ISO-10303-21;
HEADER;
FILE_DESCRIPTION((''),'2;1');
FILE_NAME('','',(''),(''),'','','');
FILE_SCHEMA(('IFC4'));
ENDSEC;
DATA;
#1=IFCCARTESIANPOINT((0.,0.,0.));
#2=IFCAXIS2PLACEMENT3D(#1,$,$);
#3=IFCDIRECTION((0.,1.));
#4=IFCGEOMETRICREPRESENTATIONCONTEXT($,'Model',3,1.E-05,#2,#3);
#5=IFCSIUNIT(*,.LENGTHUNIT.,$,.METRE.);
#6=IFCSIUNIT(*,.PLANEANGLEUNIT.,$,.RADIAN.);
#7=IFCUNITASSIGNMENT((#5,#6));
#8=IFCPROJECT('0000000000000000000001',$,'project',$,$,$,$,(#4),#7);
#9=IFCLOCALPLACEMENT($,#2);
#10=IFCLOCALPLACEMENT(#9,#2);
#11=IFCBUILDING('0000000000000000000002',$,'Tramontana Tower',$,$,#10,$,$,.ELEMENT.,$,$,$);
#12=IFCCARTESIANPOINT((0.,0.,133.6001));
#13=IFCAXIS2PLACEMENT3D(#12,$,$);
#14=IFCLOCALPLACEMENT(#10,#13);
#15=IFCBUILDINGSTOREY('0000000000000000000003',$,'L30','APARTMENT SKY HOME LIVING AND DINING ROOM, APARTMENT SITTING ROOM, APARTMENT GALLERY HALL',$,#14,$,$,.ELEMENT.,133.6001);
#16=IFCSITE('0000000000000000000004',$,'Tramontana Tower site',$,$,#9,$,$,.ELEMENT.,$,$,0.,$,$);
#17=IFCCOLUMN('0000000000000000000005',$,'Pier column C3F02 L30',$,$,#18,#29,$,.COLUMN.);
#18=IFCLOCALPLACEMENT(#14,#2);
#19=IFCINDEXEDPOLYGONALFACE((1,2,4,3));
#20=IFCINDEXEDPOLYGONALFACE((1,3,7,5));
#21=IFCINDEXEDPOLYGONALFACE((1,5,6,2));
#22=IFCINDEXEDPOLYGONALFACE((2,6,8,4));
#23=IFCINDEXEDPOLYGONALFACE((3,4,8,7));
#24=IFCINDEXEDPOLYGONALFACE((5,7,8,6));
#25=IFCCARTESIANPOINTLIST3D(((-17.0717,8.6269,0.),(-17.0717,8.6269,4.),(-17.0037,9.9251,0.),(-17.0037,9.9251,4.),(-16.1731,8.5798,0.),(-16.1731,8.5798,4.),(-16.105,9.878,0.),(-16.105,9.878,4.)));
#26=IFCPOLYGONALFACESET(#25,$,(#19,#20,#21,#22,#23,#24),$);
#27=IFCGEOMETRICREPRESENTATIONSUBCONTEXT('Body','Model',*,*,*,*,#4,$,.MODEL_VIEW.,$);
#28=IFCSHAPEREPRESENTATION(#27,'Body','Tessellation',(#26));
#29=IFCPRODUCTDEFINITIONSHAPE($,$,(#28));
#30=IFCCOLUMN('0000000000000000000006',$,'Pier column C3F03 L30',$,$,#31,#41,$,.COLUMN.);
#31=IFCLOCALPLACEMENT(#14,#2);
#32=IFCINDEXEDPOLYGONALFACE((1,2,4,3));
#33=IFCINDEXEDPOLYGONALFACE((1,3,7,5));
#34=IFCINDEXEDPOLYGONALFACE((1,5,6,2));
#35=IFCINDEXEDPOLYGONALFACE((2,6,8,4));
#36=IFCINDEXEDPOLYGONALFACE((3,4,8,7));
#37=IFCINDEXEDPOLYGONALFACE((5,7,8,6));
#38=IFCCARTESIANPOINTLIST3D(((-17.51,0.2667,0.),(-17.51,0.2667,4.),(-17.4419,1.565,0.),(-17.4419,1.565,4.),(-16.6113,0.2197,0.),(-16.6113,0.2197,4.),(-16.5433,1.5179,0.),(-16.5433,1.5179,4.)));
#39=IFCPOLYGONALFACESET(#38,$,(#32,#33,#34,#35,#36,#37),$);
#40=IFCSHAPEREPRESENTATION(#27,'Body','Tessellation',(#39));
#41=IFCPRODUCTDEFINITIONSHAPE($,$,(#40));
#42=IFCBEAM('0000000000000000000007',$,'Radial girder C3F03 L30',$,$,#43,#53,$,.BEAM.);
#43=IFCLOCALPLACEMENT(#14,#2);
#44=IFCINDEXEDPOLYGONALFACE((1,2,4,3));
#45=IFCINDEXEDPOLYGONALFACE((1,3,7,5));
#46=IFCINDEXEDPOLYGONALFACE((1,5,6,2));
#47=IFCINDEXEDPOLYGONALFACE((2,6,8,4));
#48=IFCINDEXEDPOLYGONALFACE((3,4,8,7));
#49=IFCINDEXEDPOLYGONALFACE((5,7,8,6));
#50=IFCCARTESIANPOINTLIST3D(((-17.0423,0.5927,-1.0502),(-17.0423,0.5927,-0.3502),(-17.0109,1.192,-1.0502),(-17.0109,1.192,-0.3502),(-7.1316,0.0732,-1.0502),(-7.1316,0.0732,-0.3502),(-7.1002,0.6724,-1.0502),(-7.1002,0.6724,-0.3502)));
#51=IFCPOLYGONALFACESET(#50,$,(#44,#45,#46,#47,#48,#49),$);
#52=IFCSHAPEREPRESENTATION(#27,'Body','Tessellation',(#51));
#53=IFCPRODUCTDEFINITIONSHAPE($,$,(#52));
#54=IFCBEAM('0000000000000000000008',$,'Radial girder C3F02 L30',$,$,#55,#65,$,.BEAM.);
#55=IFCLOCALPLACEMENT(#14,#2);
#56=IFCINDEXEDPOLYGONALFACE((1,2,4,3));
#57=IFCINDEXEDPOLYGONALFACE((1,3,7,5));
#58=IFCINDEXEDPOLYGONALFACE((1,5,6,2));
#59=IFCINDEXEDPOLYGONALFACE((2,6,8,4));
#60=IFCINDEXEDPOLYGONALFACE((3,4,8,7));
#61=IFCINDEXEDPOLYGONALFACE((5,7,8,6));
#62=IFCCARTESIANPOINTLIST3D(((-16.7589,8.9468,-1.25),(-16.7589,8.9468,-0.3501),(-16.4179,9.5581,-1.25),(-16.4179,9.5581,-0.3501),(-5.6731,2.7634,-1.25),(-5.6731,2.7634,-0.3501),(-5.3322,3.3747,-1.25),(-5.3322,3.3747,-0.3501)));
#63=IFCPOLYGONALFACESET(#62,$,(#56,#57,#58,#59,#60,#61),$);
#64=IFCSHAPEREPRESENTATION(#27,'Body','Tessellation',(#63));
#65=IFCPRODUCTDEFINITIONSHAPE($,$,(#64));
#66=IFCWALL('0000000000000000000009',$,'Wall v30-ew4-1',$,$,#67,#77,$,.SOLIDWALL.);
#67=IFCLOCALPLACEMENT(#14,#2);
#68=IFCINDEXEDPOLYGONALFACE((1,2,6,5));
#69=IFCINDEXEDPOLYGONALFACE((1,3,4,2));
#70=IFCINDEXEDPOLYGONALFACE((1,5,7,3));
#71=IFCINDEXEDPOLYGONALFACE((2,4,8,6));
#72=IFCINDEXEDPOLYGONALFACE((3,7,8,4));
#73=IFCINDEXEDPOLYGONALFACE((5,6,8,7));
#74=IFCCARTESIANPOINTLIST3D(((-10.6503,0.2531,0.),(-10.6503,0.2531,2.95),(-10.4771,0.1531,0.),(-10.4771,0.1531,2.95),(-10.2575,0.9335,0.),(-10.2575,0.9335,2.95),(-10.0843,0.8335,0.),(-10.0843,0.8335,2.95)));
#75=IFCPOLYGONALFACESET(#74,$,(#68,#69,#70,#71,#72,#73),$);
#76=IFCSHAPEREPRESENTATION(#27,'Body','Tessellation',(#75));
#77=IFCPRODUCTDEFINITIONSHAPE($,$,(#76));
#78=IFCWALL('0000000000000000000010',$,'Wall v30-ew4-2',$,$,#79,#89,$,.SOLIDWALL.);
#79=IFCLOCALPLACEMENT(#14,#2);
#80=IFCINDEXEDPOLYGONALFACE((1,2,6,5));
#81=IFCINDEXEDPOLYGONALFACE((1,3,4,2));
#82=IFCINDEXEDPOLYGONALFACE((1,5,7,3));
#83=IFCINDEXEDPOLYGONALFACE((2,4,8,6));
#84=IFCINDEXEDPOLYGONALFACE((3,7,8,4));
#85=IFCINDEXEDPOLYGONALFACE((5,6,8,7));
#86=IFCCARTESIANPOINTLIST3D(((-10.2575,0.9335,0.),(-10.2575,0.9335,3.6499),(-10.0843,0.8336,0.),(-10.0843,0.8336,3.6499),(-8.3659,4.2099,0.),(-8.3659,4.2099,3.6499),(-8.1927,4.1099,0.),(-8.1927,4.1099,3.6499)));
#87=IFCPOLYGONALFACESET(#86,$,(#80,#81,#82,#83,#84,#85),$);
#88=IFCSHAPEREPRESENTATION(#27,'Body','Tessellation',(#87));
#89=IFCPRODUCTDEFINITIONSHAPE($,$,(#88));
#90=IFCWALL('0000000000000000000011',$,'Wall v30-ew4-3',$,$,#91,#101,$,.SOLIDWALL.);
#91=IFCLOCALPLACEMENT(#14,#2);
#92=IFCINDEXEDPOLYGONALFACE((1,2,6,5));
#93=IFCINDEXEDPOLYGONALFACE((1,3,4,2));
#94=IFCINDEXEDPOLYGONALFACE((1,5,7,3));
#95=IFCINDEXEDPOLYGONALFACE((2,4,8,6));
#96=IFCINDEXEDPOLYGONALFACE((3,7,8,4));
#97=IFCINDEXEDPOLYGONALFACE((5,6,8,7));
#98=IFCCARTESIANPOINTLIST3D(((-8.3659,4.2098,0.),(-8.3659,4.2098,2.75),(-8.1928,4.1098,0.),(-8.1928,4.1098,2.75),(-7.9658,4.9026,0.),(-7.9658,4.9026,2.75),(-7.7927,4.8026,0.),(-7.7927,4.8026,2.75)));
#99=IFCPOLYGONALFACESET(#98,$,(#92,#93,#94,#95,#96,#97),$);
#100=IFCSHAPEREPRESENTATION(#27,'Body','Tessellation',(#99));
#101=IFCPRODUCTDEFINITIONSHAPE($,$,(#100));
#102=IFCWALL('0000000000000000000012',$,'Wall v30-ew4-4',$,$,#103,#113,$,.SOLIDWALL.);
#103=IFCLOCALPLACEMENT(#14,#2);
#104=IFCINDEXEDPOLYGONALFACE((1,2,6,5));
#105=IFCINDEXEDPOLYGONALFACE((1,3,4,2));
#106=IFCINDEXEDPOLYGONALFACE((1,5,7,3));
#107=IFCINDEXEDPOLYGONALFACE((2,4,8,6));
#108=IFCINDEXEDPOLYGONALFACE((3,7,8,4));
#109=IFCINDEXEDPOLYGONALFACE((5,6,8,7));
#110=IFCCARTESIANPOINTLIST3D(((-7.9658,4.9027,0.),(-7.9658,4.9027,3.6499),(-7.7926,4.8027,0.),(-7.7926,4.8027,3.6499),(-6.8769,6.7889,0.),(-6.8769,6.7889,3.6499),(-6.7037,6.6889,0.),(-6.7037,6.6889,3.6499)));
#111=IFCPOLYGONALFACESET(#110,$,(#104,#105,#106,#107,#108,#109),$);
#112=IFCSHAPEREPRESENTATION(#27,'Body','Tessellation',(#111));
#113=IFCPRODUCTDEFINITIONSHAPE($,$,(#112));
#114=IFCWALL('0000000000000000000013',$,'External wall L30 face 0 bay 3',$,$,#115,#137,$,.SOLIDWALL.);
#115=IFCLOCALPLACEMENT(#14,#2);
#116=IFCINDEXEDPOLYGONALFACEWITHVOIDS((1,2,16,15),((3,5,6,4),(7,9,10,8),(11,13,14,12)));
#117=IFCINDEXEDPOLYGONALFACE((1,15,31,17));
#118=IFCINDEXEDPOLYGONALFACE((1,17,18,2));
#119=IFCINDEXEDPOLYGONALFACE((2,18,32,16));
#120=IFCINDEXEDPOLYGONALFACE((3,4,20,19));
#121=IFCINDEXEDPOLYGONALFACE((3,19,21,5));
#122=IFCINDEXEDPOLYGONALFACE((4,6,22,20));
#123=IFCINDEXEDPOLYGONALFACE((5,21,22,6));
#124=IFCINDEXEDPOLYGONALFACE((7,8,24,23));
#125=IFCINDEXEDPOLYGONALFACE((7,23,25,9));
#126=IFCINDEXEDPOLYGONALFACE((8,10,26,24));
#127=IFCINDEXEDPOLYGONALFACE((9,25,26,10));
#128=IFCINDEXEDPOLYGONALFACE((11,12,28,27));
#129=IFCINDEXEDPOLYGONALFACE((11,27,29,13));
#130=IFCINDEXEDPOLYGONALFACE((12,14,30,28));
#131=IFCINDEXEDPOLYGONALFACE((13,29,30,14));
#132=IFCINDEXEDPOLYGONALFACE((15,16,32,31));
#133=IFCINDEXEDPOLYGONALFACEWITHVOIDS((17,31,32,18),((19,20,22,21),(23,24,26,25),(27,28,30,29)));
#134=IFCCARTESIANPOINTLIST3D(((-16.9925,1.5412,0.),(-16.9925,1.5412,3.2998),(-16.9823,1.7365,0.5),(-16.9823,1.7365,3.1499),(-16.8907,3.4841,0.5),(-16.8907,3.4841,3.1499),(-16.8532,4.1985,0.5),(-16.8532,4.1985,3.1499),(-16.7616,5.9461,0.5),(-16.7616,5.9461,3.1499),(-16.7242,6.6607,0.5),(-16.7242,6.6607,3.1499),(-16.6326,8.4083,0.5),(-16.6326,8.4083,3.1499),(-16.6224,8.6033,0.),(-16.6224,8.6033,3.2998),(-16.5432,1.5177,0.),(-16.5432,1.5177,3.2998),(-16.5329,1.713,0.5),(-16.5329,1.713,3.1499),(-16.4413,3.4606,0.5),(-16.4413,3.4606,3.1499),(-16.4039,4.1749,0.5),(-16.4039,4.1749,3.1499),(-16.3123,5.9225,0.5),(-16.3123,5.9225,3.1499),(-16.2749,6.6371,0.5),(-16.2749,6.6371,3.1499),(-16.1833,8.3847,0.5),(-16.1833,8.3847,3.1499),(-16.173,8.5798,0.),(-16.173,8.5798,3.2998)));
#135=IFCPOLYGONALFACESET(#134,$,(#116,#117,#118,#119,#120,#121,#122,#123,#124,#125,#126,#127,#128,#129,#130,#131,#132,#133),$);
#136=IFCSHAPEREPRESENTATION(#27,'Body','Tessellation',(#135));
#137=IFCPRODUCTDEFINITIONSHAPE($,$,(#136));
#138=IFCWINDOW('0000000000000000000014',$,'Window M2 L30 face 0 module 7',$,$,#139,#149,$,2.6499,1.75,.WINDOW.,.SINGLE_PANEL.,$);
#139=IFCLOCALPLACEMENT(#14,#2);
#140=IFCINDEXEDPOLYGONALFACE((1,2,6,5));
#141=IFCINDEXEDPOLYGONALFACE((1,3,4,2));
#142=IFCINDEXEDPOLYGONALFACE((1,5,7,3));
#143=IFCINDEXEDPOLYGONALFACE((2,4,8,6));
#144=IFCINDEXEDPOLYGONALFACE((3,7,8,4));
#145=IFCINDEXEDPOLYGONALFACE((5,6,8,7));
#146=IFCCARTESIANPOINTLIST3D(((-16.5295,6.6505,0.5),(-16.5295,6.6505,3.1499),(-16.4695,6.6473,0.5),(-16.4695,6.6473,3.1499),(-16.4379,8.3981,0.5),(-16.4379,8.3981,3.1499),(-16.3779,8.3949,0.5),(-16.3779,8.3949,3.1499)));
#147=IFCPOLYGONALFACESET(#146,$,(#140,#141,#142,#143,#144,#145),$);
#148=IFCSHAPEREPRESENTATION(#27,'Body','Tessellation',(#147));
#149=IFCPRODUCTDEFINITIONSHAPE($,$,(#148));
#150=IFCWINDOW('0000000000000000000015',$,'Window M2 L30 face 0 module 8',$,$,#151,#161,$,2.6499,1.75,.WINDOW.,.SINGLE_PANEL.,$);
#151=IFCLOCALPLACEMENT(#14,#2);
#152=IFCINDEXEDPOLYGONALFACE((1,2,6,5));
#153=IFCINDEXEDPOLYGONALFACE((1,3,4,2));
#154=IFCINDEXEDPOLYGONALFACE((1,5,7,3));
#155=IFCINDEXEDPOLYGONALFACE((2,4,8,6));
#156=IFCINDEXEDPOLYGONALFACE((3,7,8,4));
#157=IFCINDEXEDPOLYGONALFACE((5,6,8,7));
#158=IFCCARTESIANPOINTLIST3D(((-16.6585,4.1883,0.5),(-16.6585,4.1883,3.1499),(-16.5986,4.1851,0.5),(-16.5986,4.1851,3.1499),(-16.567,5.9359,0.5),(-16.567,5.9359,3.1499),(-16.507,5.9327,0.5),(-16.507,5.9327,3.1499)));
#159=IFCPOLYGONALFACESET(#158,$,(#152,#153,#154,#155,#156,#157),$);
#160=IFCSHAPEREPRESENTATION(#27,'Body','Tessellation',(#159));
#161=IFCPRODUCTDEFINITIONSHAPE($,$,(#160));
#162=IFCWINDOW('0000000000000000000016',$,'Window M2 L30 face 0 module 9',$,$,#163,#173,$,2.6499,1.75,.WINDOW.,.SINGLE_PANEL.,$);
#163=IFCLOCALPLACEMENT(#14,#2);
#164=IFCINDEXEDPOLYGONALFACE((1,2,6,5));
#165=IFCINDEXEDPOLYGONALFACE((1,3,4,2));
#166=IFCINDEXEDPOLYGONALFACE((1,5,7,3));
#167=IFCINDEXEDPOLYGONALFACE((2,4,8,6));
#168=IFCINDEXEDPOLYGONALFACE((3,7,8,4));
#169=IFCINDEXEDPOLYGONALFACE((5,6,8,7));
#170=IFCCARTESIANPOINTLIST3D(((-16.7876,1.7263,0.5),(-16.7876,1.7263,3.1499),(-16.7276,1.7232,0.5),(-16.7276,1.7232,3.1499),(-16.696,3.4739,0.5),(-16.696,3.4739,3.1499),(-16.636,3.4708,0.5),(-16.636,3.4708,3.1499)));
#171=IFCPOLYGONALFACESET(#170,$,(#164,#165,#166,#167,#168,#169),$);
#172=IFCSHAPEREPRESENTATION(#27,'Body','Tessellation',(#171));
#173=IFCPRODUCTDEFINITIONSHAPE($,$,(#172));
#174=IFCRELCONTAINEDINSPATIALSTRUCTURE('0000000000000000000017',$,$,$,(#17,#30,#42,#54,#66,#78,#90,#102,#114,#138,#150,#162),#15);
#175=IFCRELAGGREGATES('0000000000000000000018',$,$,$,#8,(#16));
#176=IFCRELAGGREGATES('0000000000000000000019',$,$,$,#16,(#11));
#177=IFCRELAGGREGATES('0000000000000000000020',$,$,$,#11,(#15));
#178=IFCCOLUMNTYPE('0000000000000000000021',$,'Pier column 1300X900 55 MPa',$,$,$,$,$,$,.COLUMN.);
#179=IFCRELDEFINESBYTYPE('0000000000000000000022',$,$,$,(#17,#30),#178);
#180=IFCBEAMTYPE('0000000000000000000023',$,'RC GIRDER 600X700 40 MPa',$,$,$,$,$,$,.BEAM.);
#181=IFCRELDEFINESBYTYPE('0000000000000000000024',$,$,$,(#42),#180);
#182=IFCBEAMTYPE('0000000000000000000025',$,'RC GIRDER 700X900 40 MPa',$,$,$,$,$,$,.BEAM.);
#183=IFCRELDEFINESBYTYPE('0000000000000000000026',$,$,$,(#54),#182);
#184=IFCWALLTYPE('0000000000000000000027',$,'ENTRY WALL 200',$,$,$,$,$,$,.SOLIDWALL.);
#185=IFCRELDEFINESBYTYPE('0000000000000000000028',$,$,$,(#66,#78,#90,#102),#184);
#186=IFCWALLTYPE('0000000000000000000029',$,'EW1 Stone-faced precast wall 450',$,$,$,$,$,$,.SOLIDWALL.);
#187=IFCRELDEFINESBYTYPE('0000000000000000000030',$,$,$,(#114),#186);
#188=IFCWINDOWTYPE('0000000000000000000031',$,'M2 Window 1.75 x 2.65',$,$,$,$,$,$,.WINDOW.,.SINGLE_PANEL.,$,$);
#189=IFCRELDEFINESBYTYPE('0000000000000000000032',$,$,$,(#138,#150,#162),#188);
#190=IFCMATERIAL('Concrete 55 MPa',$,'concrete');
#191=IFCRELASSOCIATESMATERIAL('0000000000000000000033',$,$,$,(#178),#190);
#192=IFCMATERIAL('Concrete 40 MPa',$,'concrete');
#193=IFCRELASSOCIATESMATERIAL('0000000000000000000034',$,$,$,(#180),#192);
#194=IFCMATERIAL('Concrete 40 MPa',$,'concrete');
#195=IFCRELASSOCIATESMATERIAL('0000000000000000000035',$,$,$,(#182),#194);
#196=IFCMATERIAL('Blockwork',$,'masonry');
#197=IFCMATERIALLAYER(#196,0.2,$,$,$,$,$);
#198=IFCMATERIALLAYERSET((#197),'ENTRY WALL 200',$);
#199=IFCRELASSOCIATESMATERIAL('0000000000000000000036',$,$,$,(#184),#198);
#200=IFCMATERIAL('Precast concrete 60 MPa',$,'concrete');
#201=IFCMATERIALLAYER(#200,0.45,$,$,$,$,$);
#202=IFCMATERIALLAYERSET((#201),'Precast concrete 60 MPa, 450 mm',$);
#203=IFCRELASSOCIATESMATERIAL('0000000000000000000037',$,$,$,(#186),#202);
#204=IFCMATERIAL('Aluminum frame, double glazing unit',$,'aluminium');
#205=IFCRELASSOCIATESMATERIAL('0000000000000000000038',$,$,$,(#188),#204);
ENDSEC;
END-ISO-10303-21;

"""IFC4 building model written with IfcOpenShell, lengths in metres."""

from ifc_helpers import new_model, si_unit, direction, frame, frame_2d, origin, origin_2d, place, context, subcontext, project, spatial, rectangle, extrude, material, layer, layer_set, material_profile, profile_set, type_object, element, fill, save


model = new_model("IFC4")

# Units and contexts
model_context = context("Model", 3, precision=1e-05, world=origin(), true_north=direction((0.0, 1.0)))
body_context = subcontext(model_context, "Body", "Model", "MODEL_VIEW")
ifc_project = project(units=[si_unit("LENGTHUNIT", "METRE"), si_unit("PLANEANGLEUNIT", "RADIAN")], contexts=[model_context])

# Site, building, storey
site_placement = place(None, origin())
site = spatial("IfcSite", under=ifc_project, at=site_placement, Name="Tramontana Tower site", CompositionType="ELEMENT", RefElevation=0.0)
building_placement = place(site_placement, origin())
building = spatial("IfcBuilding", under=site, at=building_placement, Name="Tramontana Tower", CompositionType="ELEMENT")
storey_placement = place(building_placement, frame((0.0, 0.0, 133.6001)))
storey = spatial("IfcBuildingStorey", under=building, at=storey_placement, Name="L30", Description="APARTMENT SKY HOME LIVING AND DINING ROOM, APARTMENT SITTING ROOM, APARTMENT GALLERY HALL", CompositionType="ELEMENT", Elevation=133.6001)

# Columns
ifc_material_1 = material(Name="Concrete 55 MPa", Category="concrete")
ifc_material_profile_1 = material_profile(ifc_material_1, rectangle(XDim=1.3, YDim=0.8999, at=origin_2d()), Name="Pier column 1300X900 55 MPa")
ifc_profile_set_1 = profile_set([ifc_material_profile_1], Name="Concrete 55 MPa")
column_type = type_object("IfcColumnType", Name="Pier column 1300X900 55 MPa", PredefinedType="COLUMN", material=ifc_profile_set_1)
for number, where, z_axis, x_axis, name in (
    (1, (-16.5884, 9.2524, 0.0), (0.0, 0.0, 1.0), (-0.052336, -0.99863, 0.0), "Pier column C3F02 L30"),
    (2, (-17.0266, 0.8923, 0.0), (0.0, 0.0, 1.0), (-0.052336, -0.99863, 0.0), "Pier column C3F03 L30"),
):
    element("IfcColumn", number, at=place(storey_placement, frame(where, z_axis=z_axis, x_axis=x_axis)), inside=storey, type_object=column_type, Name=name, PredefinedType="COLUMN", context=body_context, shape_type="SweptSolid", body=[
        extrude(rectangle(XDim=1.3, YDim=0.8999, at=origin_2d()), origin(), (0.0, 0.0, 1.0), 4.0),
    ])

# Beams
ifc_material_2 = material(Name="Concrete 40 MPa", Category="concrete")
ifc_material_profile_2 = material_profile(ifc_material_2, rectangle(XDim=0.6001, YDim=0.7, at=origin_2d()), Name="RC GIRDER 600X700 40 MPa")
ifc_profile_set_2 = profile_set([ifc_material_profile_2], Name="Concrete 40 MPa")
beam_type_1 = type_object("IfcBeamType", Name="RC GIRDER 600X700 40 MPa", PredefinedType="BEAM", material=ifc_profile_set_2)
beam_1_placement = place(storey_placement, frame((-17.0266, 0.8923, -0.7002), z_axis=(0.998629, -0.05235, 0.0), x_axis=(0.05235, 0.998629, 0.0)))
element("IfcBeam", 3, at=beam_1_placement, inside=storey, type_object=beam_type_1, Name="Radial girder C3F03 L30", PredefinedType="BEAM", context=body_context, shape_type="SweptSolid", body=[
    extrude(rectangle(XDim=0.6001, YDim=0.7, at=origin_2d()), origin(), (0.0, 0.0, 1.0), 9.9243),
])
ifc_material_3 = material(Name="Concrete 40 MPa", Category="concrete")
ifc_material_profile_3 = material_profile(ifc_material_3, rectangle(XDim=0.7, YDim=0.8999, at=origin_2d()), Name="RC GIRDER 700X900 40 MPa")
ifc_profile_set_3 = profile_set([ifc_material_profile_3], Name="Concrete 40 MPa")
beam_type_2 = type_object("IfcBeamType", Name="RC GIRDER 700X900 40 MPa", PredefinedType="BEAM", material=ifc_profile_set_3)
beam_2_placement = place(storey_placement, frame((-16.5884, 9.2524, -0.8), z_axis=(0.873332, -0.487125, 0.0), x_axis=(0.487125, 0.873332, 0.0)))
element("IfcBeam", 4, at=beam_2_placement, inside=storey, type_object=beam_type_2, Name="Radial girder C3F02 L30", PredefinedType="BEAM", context=body_context, shape_type="SweptSolid", body=[
    extrude(rectangle(XDim=0.7, YDim=0.8999, at=origin_2d()), origin(), (0.0, 0.0, 1.0), 12.6936),
])

# Walls
ifc_material_4 = material(Name="Blockwork", Category="masonry")
ifc_layer_1 = layer(ifc_material_4, 0.2)
ifc_layer_set_1 = layer_set([ifc_layer_1], Name="ENTRY WALL 200")
wall_type_1 = type_object("IfcWallType", Name="ENTRY WALL 200", PredefinedType="SOLIDWALL", material=ifc_layer_set_1)
wall_1_placement = place(storey_placement, frame((-10.5637, 0.2031, 0.0), z_axis=(0.0, 0.0, 1.0), x_axis=(0.499982, 0.866036, 0.0)))
element("IfcWall", 5, at=wall_1_placement, inside=storey, type_object=wall_type_1, Name="Wall v30-ew4-1", PredefinedType="SOLIDWALL", context=body_context, shape_type="SweptSolid", body=[
    extrude(rectangle(XDim=0.7856, YDim=0.2, at=frame_2d((0.3928, 0.0))), origin(), (0.0, 0.0, 1.0), 2.95),
])
wall_2_placement = place(storey_placement, frame((-10.1709, 0.8835, 0.0), z_axis=(0.0, 0.0, 1.0), x_axis=(0.499998, 0.866027, 0.0)))
element("IfcWall", 6, at=wall_2_placement, inside=storey, type_object=wall_type_1, Name="Wall v30-ew4-2", PredefinedType="SOLIDWALL", context=body_context, shape_type="SweptSolid", body=[
    extrude(rectangle(XDim=3.7832, YDim=0.2, at=frame_2d((1.8916, 0.0))), origin(), (0.0, 0.0, 1.0), 3.6499),
])
wall_3_placement = place(storey_placement, frame((-8.2793, 4.1599, 0.0), z_axis=(0.0, 0.0, 1.0), x_axis=(0.50011, 0.865962, 0.0)))
element("IfcWall", 7, at=wall_3_placement, inside=storey, type_object=wall_type_1, Name="Wall v30-ew4-3", PredefinedType="SOLIDWALL", context=body_context, shape_type="SweptSolid", body=[
    extrude(rectangle(XDim=0.8, YDim=0.2, at=frame_2d((0.3999, 0.0))), origin(), (0.0, 0.0, 1.0), 2.75),
])
wall_4_placement = place(storey_placement, frame((-7.8792, 4.8528, 0.0), z_axis=(0.0, 0.0, 1.0), x_axis=(0.499949, 0.866055, 0.0)))
element("IfcWall", 8, at=wall_4_placement, inside=storey, type_object=wall_type_1, Name="Wall v30-ew4-4", PredefinedType="SOLIDWALL", context=body_context, shape_type="SweptSolid", body=[
    extrude(rectangle(XDim=2.178, YDim=0.2, at=frame_2d((1.0889, 0.0))), origin(), (0.0, 0.0, 1.0), 3.6499),
])

# Wall, openings, windows
ifc_material_5 = material(Name="Precast concrete 60 MPa", Category="concrete")
ifc_layer_2 = layer(ifc_material_5, 0.45)
ifc_layer_set_2 = layer_set([ifc_layer_2], Name="Precast concrete 60 MPa, 450 mm")
wall_type_2 = type_object("IfcWallType", Name="EW1 Stone-faced precast wall 450", PredefinedType="SOLIDWALL", material=ifc_layer_set_2)
wall_5_placement = place(storey_placement, frame((-16.3977, 8.5916, 0.0), z_axis=(0.0, 0.0, 1.0), x_axis=(-0.052338, -0.998629, 0.0)))
wall_5 = element("IfcWall", 9, at=wall_5_placement, inside=storey, type_object=wall_type_2, Name="External wall L30 face 0 bay 3", PredefinedType="SOLIDWALL", context=body_context, shape_type="SweptSolid", body=[
    extrude(rectangle(XDim=7.0718, YDim=0.45, at=frame_2d((3.5359, 0.0))), origin(), (0.0, 0.0, 1.0), 3.2998),
])
opening_1_placement = place(wall_5_placement, frame((0.1953, 0.0, 0.5)))
opening_1 = element("IfcOpeningElement", 10, at=opening_1_placement, cuts=wall_5, PredefinedType="OPENING", context=body_context, shape_type="SweptSolid", body=[
    extrude(rectangle(XDim=1.75, YDim=2.6499, at=frame_2d((0.875, 1.325))), frame((0.0, 0.2349, 0.0), z_axis=(0.0, -1.0, 0.0), x_axis=(1.0, 0.0, 0.0)), (0.0, 0.0, 1.0), 0.47),
])
opening_2_placement = place(wall_5_placement, frame((2.6609, 0.0, 0.5)))
opening_2 = element("IfcOpeningElement", 11, at=opening_2_placement, cuts=wall_5, PredefinedType="OPENING", context=body_context, shape_type="SweptSolid", body=[
    extrude(rectangle(XDim=1.75, YDim=2.6499, at=frame_2d((0.875, 1.325))), frame((0.0, 0.2349, 0.0), z_axis=(0.0, -1.0, 0.0), x_axis=(1.0, 0.0, 0.0)), (0.0, 0.0, 1.0), 0.47),
])
opening_3_placement = place(wall_5_placement, frame((5.1262, 0.0, 0.5)))
opening_3 = element("IfcOpeningElement", 12, at=opening_3_placement, cuts=wall_5, PredefinedType="OPENING", context=body_context, shape_type="SweptSolid", body=[
    extrude(rectangle(XDim=1.75, YDim=2.6499, at=frame_2d((0.875, 1.325))), frame((0.0, 0.2349, 0.0), z_axis=(0.0, -1.0, 0.0), x_axis=(1.0, 0.0, 0.0)), (0.0, 0.0, 1.0), 0.47),
])
ifc_material_6 = material(Name="Aluminum frame, double glazing unit", Category="aluminium")
window_type = type_object("IfcWindowType", Name="M2 Window 1.75 x 2.65", PartitioningType="SINGLE_PANEL", PredefinedType="WINDOW", material=ifc_material_6)
window_1_placement = place(opening_1_placement, origin())
window_1 = element("IfcWindow", 13, at=window_1_placement, inside=storey, type_object=window_type, Name="Window M2 L30 face 0 module 7", OverallHeight=2.6499, OverallWidth=1.75, PartitioningType="SINGLE_PANEL", PredefinedType="WINDOW", context=body_context, shape_type="SweptSolid", body=[
    extrude(rectangle(XDim=1.75, YDim=2.6499, at=frame_2d((0.875, 1.325))), frame((0.0, 0.03, 0.0), z_axis=(0.0, -1.0, 0.0), x_axis=(1.0, 0.0, 0.0)), (0.0, 0.0, 1.0), 0.0601),
])
fill(opening_1, window_1)
window_2_placement = place(opening_2_placement, origin())
window_2 = element("IfcWindow", 14, at=window_2_placement, inside=storey, type_object=window_type, Name="Window M2 L30 face 0 module 8", OverallHeight=2.6499, OverallWidth=1.75, PartitioningType="SINGLE_PANEL", PredefinedType="WINDOW", context=body_context, shape_type="SweptSolid", body=[
    extrude(rectangle(XDim=1.75, YDim=2.6499, at=frame_2d((0.875, 1.325))), frame((0.0, 0.03, 0.0), z_axis=(0.0, -1.0, 0.0), x_axis=(1.0, 0.0, 0.0)), (0.0, 0.0, 1.0), 0.0601),
])
fill(opening_2, window_2)
window_3_placement = place(opening_3_placement, origin())
window_3 = element("IfcWindow", 15, at=window_3_placement, inside=storey, type_object=window_type, Name="Window M2 L30 face 0 module 9", OverallHeight=2.6499, OverallWidth=1.75, PartitioningType="SINGLE_PANEL", PredefinedType="WINDOW", context=body_context, shape_type="SweptSolid", body=[
    extrude(rectangle(XDim=1.75, YDim=2.6499, at=frame_2d((0.875, 1.325))), frame((0.0, 0.03, 0.0), z_axis=(0.0, -1.0, 0.0), x_axis=(1.0, 0.0, 0.0)), (0.0, 0.0, 1.0), 0.0601),
])
fill(opening_3, window_3)

save(model, "model.ifc")
